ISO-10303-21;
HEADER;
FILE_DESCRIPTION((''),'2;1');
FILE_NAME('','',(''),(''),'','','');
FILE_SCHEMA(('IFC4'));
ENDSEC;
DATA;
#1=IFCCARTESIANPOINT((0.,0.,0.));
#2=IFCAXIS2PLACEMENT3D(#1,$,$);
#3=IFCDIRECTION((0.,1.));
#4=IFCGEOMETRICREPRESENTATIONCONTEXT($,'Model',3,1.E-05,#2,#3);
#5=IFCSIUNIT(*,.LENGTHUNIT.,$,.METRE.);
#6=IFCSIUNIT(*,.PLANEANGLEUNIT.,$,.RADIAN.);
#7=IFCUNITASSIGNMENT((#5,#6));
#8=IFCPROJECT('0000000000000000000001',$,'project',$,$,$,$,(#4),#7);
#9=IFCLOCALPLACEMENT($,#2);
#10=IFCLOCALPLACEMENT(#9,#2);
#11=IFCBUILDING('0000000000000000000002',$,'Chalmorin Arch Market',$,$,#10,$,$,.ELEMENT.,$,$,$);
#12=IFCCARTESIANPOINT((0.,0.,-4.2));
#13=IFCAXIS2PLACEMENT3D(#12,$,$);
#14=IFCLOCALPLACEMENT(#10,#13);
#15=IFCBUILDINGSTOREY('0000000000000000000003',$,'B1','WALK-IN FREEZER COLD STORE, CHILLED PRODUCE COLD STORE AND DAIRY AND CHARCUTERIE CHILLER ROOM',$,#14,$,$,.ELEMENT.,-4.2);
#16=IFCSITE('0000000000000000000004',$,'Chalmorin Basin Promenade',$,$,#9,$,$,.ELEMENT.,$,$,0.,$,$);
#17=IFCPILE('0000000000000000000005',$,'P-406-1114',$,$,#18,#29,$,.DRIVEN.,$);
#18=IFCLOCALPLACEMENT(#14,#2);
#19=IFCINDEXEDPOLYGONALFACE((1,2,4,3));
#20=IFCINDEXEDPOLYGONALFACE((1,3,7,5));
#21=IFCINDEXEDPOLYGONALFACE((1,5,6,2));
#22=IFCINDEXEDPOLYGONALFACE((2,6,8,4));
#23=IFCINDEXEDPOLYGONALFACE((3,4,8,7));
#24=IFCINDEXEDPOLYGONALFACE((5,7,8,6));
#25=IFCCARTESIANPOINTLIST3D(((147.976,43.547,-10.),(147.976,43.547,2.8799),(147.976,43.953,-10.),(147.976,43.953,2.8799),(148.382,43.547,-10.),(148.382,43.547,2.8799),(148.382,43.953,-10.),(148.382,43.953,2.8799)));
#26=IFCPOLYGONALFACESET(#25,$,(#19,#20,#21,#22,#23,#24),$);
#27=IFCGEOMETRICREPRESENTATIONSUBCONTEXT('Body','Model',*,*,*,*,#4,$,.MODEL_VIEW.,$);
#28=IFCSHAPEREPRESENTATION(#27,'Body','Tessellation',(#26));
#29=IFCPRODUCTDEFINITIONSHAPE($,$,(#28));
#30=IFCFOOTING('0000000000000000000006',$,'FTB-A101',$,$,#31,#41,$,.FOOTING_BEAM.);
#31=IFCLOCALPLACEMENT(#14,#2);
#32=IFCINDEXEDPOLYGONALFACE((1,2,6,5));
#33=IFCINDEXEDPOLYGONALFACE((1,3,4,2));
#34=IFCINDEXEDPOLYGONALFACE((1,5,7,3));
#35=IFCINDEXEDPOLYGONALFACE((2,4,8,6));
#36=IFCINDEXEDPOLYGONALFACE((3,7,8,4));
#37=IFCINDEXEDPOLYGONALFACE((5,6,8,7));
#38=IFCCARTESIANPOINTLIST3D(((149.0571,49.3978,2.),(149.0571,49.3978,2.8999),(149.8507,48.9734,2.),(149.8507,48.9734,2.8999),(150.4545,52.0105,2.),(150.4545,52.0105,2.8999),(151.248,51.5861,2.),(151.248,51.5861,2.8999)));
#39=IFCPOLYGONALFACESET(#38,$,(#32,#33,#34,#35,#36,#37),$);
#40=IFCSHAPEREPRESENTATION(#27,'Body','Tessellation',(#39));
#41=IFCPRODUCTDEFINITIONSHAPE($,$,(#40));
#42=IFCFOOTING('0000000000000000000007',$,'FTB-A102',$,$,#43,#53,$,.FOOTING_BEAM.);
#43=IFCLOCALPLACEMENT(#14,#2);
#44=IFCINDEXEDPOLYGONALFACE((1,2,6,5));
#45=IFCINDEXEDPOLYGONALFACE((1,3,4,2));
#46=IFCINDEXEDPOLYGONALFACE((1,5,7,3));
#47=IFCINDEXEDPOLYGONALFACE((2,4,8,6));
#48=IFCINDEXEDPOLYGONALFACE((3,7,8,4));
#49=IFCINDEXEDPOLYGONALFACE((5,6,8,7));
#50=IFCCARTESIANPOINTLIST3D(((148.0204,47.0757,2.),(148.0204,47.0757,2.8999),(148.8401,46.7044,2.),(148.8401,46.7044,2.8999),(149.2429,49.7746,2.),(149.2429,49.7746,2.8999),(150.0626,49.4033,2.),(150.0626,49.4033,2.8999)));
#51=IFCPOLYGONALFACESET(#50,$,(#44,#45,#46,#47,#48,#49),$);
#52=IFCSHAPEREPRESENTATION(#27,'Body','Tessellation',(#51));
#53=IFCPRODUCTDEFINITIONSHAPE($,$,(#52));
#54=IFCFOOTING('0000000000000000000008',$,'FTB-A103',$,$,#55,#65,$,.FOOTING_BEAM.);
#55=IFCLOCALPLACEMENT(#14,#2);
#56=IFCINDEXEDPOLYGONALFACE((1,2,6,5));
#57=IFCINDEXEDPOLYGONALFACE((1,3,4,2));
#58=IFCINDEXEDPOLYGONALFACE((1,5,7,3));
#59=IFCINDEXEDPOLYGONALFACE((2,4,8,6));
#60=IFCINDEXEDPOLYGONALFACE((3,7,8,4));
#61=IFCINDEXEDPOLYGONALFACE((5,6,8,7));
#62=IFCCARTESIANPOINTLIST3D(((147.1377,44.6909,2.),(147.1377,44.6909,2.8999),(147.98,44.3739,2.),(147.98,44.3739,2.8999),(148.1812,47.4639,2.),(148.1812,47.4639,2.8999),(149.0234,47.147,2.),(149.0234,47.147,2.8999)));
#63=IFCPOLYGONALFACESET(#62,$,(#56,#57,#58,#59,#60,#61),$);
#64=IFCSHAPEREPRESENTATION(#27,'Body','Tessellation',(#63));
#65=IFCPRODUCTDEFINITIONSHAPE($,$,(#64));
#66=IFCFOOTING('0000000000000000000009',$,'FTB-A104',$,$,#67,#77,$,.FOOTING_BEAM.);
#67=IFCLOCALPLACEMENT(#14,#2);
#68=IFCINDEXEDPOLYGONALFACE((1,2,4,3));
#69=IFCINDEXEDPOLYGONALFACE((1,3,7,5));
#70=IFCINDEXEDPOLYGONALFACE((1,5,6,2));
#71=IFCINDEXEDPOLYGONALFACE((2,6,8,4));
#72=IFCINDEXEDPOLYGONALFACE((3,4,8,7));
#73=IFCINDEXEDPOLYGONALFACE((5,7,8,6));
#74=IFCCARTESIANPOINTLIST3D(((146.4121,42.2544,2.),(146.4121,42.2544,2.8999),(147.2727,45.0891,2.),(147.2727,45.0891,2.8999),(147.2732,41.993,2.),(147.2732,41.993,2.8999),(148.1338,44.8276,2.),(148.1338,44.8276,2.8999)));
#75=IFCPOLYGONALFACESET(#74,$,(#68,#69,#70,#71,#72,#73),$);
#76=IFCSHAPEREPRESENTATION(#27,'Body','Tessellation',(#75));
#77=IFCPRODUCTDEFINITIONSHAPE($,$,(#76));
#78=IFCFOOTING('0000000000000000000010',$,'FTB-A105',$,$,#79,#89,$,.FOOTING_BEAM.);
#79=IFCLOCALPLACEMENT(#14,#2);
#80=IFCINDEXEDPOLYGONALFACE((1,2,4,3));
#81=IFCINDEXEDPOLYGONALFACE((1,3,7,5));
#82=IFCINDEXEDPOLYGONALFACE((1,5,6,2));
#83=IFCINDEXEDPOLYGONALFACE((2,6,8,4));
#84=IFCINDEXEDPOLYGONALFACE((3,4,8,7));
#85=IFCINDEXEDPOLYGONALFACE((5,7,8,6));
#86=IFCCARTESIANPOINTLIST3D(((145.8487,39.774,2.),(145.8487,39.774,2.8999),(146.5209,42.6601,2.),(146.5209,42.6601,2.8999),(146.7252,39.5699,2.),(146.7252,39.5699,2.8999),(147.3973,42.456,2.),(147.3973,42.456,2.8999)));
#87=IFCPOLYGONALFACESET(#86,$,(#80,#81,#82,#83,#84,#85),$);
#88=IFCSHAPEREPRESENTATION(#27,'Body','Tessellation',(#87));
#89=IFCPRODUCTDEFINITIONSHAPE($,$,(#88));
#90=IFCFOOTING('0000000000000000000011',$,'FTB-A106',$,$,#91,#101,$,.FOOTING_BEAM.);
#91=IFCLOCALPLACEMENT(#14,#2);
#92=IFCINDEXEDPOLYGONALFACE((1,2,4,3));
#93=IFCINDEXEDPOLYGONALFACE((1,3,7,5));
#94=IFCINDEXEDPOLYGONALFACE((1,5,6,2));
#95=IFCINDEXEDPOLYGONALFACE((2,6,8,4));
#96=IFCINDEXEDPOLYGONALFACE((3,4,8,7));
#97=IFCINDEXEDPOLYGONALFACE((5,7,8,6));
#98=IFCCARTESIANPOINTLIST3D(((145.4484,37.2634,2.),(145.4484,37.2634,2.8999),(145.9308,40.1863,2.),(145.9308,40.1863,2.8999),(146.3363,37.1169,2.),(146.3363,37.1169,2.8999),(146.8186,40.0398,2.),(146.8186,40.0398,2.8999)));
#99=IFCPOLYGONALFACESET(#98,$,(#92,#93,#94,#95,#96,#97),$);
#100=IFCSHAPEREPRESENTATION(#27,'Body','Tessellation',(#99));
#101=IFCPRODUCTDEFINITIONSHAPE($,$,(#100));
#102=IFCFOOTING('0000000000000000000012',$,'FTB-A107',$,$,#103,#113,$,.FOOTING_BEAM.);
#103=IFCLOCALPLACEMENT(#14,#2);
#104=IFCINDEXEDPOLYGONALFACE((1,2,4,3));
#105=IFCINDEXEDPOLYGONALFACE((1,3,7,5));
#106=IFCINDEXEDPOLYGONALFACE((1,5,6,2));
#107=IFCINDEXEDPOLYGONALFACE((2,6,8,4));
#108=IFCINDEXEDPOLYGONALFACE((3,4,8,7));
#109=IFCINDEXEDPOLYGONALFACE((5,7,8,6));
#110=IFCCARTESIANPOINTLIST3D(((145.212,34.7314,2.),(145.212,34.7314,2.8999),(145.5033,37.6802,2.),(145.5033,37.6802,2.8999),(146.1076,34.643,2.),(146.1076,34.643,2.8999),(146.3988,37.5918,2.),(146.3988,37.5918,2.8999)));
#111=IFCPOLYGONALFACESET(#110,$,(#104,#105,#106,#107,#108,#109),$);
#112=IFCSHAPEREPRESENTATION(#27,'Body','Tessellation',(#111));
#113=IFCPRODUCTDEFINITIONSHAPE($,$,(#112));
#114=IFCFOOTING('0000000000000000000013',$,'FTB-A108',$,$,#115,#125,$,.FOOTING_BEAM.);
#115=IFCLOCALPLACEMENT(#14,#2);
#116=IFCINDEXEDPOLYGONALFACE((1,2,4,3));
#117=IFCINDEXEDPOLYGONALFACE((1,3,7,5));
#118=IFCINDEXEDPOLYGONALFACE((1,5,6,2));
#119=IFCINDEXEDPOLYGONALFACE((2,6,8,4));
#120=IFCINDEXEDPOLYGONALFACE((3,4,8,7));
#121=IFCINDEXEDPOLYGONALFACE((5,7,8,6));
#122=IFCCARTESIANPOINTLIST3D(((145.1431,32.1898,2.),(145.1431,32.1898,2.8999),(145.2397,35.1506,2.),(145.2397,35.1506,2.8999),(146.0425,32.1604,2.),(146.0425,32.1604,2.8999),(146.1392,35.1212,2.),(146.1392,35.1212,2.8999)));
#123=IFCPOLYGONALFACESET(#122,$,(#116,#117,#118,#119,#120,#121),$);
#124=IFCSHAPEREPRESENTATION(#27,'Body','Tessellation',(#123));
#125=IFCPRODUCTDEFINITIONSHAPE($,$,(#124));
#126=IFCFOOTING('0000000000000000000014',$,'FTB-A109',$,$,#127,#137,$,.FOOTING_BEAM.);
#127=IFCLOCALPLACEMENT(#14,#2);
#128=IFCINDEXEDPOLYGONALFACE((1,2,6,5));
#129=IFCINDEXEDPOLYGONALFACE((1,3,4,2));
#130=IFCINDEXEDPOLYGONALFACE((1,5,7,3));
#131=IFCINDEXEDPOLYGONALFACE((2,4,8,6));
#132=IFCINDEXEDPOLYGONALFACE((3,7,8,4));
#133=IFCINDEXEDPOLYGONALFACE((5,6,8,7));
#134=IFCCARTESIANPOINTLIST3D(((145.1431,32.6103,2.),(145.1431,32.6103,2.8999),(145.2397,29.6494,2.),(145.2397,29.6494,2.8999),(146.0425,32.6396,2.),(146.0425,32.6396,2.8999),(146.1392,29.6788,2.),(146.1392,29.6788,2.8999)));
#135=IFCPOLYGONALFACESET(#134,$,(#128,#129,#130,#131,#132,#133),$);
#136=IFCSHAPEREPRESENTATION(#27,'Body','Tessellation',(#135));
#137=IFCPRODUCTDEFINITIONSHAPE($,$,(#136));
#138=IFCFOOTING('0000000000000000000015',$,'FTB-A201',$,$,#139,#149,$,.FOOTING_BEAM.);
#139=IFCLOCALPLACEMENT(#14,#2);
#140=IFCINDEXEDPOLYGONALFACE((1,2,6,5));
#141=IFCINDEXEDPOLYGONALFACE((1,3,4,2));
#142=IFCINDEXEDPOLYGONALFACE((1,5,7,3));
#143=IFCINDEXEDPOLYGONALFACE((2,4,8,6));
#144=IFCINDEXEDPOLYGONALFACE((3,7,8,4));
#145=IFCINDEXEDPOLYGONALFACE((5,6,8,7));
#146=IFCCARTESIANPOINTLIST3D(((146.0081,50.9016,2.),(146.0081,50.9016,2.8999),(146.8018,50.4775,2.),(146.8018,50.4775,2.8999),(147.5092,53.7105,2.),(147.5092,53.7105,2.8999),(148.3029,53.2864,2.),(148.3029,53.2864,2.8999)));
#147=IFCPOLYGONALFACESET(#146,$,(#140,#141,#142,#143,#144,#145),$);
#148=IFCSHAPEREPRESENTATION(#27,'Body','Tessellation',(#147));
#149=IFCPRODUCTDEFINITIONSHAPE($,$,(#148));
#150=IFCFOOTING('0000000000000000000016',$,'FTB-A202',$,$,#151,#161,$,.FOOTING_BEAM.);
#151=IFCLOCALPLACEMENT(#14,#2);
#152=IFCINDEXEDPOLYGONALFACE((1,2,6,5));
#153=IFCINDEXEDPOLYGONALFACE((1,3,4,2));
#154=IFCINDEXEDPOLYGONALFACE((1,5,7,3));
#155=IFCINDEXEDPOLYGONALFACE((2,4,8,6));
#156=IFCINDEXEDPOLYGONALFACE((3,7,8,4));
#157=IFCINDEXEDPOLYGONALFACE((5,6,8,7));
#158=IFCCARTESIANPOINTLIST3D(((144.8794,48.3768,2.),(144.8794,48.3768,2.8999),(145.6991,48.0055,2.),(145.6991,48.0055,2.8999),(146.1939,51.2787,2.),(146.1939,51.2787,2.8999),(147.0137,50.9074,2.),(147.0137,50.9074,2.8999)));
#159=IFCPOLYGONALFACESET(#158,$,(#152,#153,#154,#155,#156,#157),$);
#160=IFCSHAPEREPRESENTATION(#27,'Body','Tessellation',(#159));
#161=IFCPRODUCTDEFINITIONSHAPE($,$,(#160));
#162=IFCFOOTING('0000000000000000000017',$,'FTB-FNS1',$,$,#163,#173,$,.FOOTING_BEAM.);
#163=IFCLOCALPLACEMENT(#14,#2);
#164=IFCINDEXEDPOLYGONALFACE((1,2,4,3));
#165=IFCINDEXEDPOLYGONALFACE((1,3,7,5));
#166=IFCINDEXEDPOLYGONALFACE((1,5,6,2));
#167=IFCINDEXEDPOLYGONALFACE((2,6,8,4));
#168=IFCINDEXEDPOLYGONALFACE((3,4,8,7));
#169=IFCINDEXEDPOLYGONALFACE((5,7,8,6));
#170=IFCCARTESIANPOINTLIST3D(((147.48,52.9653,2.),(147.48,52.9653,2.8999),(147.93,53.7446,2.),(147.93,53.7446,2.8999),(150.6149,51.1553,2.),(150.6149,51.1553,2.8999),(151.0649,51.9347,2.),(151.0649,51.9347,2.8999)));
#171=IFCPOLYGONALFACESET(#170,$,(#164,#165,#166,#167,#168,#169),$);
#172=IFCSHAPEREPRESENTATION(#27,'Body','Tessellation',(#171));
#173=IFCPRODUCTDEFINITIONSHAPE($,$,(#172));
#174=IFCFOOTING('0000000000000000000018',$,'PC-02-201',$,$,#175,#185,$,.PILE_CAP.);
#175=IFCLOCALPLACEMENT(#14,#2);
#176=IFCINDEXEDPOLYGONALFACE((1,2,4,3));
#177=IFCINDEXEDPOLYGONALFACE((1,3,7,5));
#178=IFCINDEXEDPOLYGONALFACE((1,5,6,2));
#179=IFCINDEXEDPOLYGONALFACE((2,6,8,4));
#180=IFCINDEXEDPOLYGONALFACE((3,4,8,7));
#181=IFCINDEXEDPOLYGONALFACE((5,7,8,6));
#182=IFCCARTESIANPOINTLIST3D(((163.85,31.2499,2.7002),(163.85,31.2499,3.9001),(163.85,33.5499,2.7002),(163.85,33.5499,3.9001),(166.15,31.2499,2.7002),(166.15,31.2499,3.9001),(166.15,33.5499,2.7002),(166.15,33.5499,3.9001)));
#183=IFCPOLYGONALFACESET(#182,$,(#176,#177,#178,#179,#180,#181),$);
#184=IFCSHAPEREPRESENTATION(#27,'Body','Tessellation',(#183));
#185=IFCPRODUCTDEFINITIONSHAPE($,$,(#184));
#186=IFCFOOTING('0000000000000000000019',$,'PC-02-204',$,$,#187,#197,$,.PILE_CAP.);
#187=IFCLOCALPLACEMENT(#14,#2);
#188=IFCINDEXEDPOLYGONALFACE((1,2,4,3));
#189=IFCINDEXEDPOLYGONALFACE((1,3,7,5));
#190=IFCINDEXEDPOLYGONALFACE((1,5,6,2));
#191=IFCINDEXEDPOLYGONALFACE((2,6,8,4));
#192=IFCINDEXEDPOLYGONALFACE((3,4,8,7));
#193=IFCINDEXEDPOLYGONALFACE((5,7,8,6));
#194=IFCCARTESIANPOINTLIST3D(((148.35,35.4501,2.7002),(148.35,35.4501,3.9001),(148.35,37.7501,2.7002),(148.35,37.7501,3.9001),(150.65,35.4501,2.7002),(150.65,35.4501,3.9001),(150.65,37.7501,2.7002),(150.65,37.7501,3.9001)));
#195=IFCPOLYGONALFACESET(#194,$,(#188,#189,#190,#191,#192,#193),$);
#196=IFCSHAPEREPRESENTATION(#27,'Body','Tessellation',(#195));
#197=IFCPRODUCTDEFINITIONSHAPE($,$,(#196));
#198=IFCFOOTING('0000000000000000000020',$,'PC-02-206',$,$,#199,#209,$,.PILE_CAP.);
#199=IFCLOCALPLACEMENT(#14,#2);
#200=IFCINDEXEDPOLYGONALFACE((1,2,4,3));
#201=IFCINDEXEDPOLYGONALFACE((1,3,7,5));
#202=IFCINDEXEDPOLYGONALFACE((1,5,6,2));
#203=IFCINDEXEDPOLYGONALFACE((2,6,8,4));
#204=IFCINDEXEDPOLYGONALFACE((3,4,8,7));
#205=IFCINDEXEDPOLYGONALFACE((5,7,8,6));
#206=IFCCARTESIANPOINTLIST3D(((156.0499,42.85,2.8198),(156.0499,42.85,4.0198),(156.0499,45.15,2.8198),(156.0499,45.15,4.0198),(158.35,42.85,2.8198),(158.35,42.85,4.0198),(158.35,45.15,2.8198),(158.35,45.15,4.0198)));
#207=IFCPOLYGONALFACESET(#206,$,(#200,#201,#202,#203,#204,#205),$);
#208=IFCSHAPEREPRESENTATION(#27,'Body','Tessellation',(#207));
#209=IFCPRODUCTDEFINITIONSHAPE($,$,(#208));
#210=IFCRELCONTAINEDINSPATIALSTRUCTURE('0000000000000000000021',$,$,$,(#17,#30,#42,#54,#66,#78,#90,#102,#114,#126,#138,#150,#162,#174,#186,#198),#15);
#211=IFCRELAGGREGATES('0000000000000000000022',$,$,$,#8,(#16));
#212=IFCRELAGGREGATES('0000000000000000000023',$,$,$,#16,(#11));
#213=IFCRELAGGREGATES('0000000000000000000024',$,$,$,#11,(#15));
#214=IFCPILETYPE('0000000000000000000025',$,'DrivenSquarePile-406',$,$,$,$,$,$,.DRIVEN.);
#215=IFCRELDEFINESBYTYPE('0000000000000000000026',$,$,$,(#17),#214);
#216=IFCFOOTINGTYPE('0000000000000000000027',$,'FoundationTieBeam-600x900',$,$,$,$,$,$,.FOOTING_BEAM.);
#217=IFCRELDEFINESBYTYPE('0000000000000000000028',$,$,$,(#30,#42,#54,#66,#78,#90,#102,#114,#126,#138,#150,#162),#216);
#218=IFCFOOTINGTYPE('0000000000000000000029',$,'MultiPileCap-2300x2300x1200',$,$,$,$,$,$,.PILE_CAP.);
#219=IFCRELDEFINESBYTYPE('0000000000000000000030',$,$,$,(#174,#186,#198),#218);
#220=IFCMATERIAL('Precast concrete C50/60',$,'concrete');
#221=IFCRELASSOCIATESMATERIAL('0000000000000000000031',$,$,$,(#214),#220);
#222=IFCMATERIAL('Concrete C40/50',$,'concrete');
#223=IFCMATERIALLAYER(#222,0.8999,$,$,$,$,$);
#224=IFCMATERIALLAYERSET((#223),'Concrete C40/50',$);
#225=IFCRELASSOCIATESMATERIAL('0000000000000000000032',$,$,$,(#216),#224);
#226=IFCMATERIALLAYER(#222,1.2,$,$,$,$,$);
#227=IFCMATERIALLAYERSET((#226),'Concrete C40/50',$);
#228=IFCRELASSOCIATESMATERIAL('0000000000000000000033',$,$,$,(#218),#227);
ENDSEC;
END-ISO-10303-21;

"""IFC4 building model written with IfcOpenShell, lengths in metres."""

from ifc_helpers import new_model, si_unit, direction, frame, origin, origin_2d, place, context, subcontext, project, spatial, rectangle, extrude, material, layer, layer_set, material_profile, profile_set, type_object, element, save


model = new_model("IFC4")

# Units and contexts
model_context = context("Model", 3, precision=1e-05, world=origin(), true_north=direction((0.0, 1.0)))
body_context = subcontext(model_context, "Body", "Model", "MODEL_VIEW")
ifc_project = project(units=[si_unit("LENGTHUNIT", "METRE"), si_unit("PLANEANGLEUNIT", "RADIAN")], contexts=[model_context])

# Site, building, storey
site_placement = place(None, origin())
site = spatial("IfcSite", under=ifc_project, at=site_placement, Name="Chalmorin Basin Promenade", CompositionType="ELEMENT", RefElevation=0.0)
building_placement = place(site_placement, origin())
building = spatial("IfcBuilding", under=site, at=building_placement, Name="Chalmorin Arch Market", CompositionType="ELEMENT")
storey_placement = place(building_placement, frame((0.0, 0.0, -4.2)))
storey = spatial("IfcBuildingStorey", under=building, at=storey_placement, Name="B1", Description="WALK-IN FREEZER COLD STORE, CHILLED PRODUCE COLD STORE AND DAIRY AND CHARCUTERIE CHILLER ROOM", CompositionType="ELEMENT", Elevation=-4.2)

# Pile
ifc_material_1 = material(Name="Precast concrete C50/60", Category="concrete")
ifc_material_profile = material_profile(ifc_material_1, rectangle(XDim=0.406, YDim=0.406, at=origin_2d()), Name="PPC406")
ifc_profile_set = profile_set([ifc_material_profile], Name="Precast concrete C50/60")
pile_type = type_object("IfcPileType", Name="DrivenSquarePile-406", PredefinedType="DRIVEN", material=ifc_profile_set)
for number, where, z_axis, x_axis, name in (
    (1, (148.179, 43.75, 2.8799), (0.0, 0.0, -1.0), (1.0, 0.0, 0.0), "P-406-1114"),
):
    element("IfcPile", number, at=place(storey_placement, frame(where, z_axis=z_axis, x_axis=x_axis)), inside=storey, type_object=pile_type, Name=name, PredefinedType="DRIVEN", context=body_context, shape_type="SweptSolid", body=[
        extrude(rectangle(XDim=0.406, YDim=0.406, at=origin_2d()), origin(), (0.0, 0.0, 1.0), 12.8799),
    ])

# Footings
ifc_material_2 = material(Name="Concrete C40/50", Category="concrete")
ifc_layer_1 = layer(ifc_material_2, 0.8999)
ifc_layer_set_1 = layer_set([ifc_layer_1], Name="Concrete C40/50")
footing_type_1 = type_object("IfcFootingType", Name="FoundationTieBeam-600x900", PredefinedType="FOOTING_BEAM", material=ifc_layer_set_1)
for number, where, z_axis, x_axis, name in (
    (2, (150.1526, 50.4919, 2.0), (0.0, 0.0, 1.0), (-0.471628, -0.881798, 0.0), "FTB-A101"),
    (3, (149.0415, 48.2395, 2.0), (0.0, 0.0, 1.0), (-0.412628, -0.9109, 0.0), "FTB-A102"),
    (4, (148.0806, 45.9189, 2.0), (0.0, 0.0, 1.0), (-0.352168, -0.935937, 0.0), "FTB-A103"),
):
    element("IfcFooting", number, at=place(storey_placement, frame(where, z_axis=z_axis, x_axis=x_axis)), inside=storey, type_object=footing_type_1, Name=name, PredefinedType="FOOTING_BEAM", context=body_context, shape_type="SweptSolid", body=[
        extrude(rectangle(XDim=2.9629, YDim=0.8999, at=origin_2d()), origin(), (0.0, 0.0, 1.0), 0.8999),
    ])
footing_1_placement = place(storey_placement, frame((147.2729, 43.541, 2.0), z_axis=(0.0, 0.0, 1.0), x_axis=(-0.290535, -0.956864, 0.0)))
element("IfcFooting", 5, at=footing_1_placement, inside=storey, type_object=footing_type_1, Name="FTB-A104", PredefinedType="FOOTING_BEAM", context=body_context, shape_type="SweptSolid", body=[
    extrude(rectangle(XDim=2.9624, YDim=0.8999, at=origin_2d()), origin(), (0.0, 0.0, 1.0), 0.8999),
])
footing_2_placement = place(storey_placement, frame((146.623, 41.115, 2.0), z_axis=(0.0, 0.0, 1.0), x_axis=(-0.226821, -0.973936, 0.0)))
element("IfcFooting", 6, at=footing_2_placement, inside=storey, type_object=footing_type_1, Name="FTB-A105", PredefinedType="FOOTING_BEAM", context=body_context, shape_type="SweptSolid", body=[
    extrude(rectangle(XDim=2.9634, YDim=0.8999, at=origin_2d()), origin(), (0.0, 0.0, 1.0), 0.8999),
])
footing_3_placement = place(storey_placement, frame((146.1335, 38.6516, 2.0), z_axis=(0.0, 0.0, 1.0), x_axis=(-0.162809, -0.986658, 0.0)))
element("IfcFooting", 7, at=footing_3_placement, inside=storey, type_object=footing_type_1, Name="FTB-A106", PredefinedType="FOOTING_BEAM", context=body_context, shape_type="SweptSolid", body=[
    extrude(rectangle(XDim=2.9624, YDim=0.8999, at=origin_2d()), origin(), (0.0, 0.0, 1.0), 0.8999),
])
footing_4_placement = place(storey_placement, frame((145.8054, 36.1616, 2.0), z_axis=(0.0, 0.0, 1.0), x_axis=(-0.098278, -0.995159, 0.0)))
element("IfcFooting", 8, at=footing_4_placement, inside=storey, type_object=footing_type_1, Name="FTB-A107", PredefinedType="FOOTING_BEAM", context=body_context, shape_type="SweptSolid", body=[
    extrude(rectangle(XDim=2.9631, YDim=0.8999, at=origin_2d()), origin(), (0.0, 0.0, 1.0), 0.8999),
])
for number, where, z_axis, x_axis, name in (
    (9, (145.6411, 33.6555, 2.0), (0.0, 0.0, 1.0), (-0.032632, -0.999467, 0.0), "FTB-A108"),
    (10, (145.6411, 31.1445, 2.0), (0.0, 0.0, 1.0), (0.032632, -0.999467, 0.0), "FTB-A109"),
):
    element("IfcFooting", number, at=place(storey_placement, frame(where, z_axis=z_axis, x_axis=x_axis)), inside=storey, type_object=footing_type_1, Name=name, PredefinedType="FOOTING_BEAM", context=body_context, shape_type="SweptSolid", body=[
        extrude(rectangle(XDim=2.9624, YDim=0.8999, at=origin_2d()), origin(), (0.0, 0.0, 1.0), 0.8999),
    ])
footing_5_placement = place(storey_placement, frame((147.1555, 52.094, 2.0), z_axis=(0.0, 0.0, 1.0), x_axis=(-0.47132, -0.881962, 0.0)))
element("IfcFooting", 11, at=footing_5_placement, inside=storey, type_object=footing_type_1, Name="FTB-A201", PredefinedType="FOOTING_BEAM", context=body_context, shape_type="SweptSolid", body=[
    extrude(rectangle(XDim=3.1848, YDim=0.8999, at=origin_2d()), origin(), (0.0, 0.0, 1.0), 0.8999),
])
footing_6_placement = place(storey_placement, frame((145.9465, 49.6421, 2.0), z_axis=(0.0, 0.0, 1.0), x_axis=(-0.412628, -0.9109, 0.0)))
element("IfcFooting", 12, at=footing_6_placement, inside=storey, type_object=footing_type_1, Name="FTB-A202", PredefinedType="FOOTING_BEAM", context=body_context, shape_type="SweptSolid", body=[
    extrude(rectangle(XDim=3.1858, YDim=0.8999, at=origin_2d()), origin(), (0.0, 0.0, 1.0), 0.8999),
])
footing_7_placement = place(storey_placement, frame((149.2725, 52.45, 2.0), z_axis=(0.0, 0.0, 1.0), x_axis=(-0.866025, 0.5, 0.0)))
element("IfcFooting", 13, at=footing_7_placement, inside=storey, type_object=footing_type_1, Name="FTB-FNS1", PredefinedType="FOOTING_BEAM", context=body_context, shape_type="SweptSolid", body=[
    extrude(rectangle(XDim=3.6199, YDim=0.8999, at=origin_2d()), origin(), (0.0, 0.0, 1.0), 0.8999),
])
ifc_layer_2 = layer(ifc_material_2, 1.2)
ifc_layer_set_2 = layer_set([ifc_layer_2], Name="Concrete C40/50")
footing_type_2 = type_object("IfcFootingType", Name="MultiPileCap-2300x2300x1200", PredefinedType="PILE_CAP", material=ifc_layer_set_2)
for number, where, z_axis, x_axis, name in (
    (14, (165.0, 32.3999, 2.7002), (0.0, 0.0, 1.0), (1.0, 0.0, 0.0), "PC-02-201"),
    (15, (149.5, 36.6001, 2.7002), (0.0, 0.0, 1.0), (1.0, 0.0, 0.0), "PC-02-204"),
    (16, (157.2, 44.0, 2.8198), (0.0, 0.0, 1.0), (1.0, 0.0, 0.0), "PC-02-206"),
):
    element("IfcFooting", number, at=place(storey_placement, frame(where, z_axis=z_axis, x_axis=x_axis)), inside=storey, type_object=footing_type_2, Name=name, PredefinedType="PILE_CAP", context=body_context, shape_type="SweptSolid", body=[
        extrude(rectangle(XDim=2.3, YDim=2.3, at=origin_2d()), origin(), (0.0, 0.0, 1.0), 1.2),
    ])

save(model, "model.ifc")
